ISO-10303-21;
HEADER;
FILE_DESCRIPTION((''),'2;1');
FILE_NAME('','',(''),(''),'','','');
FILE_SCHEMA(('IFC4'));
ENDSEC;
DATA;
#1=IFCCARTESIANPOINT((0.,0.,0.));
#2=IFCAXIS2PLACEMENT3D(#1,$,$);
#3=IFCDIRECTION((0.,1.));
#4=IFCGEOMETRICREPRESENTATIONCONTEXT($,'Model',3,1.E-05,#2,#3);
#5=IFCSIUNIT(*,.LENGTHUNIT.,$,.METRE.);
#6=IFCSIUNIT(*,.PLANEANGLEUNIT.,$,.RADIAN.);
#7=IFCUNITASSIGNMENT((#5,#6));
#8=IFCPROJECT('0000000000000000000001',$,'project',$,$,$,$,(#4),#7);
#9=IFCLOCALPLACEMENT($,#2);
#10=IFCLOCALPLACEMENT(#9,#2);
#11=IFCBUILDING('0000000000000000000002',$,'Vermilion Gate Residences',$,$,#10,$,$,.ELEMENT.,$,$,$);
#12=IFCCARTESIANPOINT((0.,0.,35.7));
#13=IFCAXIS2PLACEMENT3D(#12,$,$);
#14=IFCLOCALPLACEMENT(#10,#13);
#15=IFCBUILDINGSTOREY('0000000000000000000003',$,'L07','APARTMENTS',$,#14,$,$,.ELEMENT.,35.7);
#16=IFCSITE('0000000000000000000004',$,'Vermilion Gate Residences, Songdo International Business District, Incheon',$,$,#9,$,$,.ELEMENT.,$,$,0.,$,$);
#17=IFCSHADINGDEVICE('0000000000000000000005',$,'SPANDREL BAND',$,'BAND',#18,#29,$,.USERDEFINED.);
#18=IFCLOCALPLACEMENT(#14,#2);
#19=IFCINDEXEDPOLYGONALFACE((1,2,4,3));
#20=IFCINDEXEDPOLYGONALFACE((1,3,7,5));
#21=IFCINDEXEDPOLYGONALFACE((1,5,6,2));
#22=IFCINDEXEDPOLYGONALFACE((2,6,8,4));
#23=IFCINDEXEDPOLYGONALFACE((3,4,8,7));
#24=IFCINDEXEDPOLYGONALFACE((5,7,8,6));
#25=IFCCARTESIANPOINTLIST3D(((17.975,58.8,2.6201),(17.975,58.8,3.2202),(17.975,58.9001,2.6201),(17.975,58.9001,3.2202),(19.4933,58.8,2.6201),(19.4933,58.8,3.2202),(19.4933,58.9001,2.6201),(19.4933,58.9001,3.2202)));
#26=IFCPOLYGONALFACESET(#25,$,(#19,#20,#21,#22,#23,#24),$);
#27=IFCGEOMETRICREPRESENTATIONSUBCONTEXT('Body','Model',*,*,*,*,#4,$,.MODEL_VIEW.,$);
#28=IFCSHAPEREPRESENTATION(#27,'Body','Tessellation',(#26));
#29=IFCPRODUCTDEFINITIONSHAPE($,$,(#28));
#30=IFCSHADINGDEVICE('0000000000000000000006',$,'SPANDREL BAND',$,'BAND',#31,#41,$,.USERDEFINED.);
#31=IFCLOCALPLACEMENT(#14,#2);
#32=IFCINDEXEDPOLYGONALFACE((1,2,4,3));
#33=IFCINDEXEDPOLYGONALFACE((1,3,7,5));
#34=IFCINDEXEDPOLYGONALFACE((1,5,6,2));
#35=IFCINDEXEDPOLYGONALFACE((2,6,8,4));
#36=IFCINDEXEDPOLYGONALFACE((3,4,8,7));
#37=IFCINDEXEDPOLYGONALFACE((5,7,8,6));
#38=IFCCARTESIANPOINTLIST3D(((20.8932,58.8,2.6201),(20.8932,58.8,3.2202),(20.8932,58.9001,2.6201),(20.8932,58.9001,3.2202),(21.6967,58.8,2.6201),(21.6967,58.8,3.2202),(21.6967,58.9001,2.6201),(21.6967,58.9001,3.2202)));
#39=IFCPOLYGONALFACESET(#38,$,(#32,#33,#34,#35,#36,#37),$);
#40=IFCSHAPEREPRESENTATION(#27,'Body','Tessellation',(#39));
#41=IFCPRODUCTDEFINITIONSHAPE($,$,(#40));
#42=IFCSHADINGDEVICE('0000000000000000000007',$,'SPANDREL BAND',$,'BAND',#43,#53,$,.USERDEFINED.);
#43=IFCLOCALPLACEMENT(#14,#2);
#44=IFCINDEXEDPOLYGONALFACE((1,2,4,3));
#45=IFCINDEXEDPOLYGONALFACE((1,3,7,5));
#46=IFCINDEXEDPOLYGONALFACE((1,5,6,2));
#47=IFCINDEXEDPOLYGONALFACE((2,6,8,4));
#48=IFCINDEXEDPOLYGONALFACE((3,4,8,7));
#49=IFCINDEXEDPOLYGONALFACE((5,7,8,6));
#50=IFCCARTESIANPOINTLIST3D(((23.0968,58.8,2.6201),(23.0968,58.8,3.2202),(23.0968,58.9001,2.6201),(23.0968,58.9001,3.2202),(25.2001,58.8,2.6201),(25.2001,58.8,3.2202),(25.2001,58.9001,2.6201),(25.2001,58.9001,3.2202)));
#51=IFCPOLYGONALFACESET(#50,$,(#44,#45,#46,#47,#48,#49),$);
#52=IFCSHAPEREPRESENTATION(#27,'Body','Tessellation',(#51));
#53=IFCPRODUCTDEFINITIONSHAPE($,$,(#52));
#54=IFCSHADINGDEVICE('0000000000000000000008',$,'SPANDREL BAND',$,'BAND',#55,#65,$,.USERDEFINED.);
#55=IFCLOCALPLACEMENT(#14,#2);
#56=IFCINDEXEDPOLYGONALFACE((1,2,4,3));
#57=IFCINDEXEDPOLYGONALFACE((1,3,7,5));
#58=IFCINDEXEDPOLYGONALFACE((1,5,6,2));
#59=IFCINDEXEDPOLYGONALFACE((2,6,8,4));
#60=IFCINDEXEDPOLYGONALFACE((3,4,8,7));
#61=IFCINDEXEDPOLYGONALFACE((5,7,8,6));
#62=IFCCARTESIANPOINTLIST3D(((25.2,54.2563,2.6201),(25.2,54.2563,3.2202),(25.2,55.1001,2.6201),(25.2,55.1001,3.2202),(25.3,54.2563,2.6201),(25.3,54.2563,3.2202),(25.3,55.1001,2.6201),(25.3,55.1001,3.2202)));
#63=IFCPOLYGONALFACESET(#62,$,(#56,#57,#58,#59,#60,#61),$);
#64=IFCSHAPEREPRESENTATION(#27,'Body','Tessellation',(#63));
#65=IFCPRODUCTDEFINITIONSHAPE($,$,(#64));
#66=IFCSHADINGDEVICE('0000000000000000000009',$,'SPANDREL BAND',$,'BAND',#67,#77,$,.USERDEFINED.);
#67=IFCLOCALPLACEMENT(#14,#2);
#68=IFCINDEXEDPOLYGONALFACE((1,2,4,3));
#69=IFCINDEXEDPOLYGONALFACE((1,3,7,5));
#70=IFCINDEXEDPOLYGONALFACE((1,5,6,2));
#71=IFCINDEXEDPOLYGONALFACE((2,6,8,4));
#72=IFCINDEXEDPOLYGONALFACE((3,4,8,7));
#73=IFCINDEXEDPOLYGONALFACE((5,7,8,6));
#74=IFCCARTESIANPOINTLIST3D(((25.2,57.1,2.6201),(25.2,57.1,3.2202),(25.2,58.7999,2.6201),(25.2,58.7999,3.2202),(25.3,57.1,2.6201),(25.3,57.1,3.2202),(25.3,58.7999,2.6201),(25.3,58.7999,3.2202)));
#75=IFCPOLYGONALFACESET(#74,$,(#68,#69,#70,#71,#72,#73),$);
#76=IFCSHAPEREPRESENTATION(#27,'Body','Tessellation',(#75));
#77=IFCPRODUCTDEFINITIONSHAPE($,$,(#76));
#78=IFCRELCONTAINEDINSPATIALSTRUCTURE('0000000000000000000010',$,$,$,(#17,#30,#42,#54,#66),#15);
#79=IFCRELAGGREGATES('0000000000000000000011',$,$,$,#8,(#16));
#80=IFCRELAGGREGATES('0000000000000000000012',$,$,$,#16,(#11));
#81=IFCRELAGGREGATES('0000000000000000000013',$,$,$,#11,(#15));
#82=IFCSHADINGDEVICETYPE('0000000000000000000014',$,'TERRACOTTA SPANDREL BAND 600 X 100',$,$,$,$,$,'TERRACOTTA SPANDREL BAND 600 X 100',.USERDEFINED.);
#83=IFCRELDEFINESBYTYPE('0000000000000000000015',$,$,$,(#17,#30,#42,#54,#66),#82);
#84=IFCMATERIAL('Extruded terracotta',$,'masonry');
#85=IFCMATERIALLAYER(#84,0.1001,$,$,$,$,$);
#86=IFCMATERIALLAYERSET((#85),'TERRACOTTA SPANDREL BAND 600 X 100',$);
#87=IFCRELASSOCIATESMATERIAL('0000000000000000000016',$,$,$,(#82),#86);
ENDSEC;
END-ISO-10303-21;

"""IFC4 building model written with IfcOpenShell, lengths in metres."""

from ifc_helpers import new_model, si_unit, direction, frame, origin, origin_2d, place, context, subcontext, project, spatial, rectangle, extrude, material, layer, layer_set, type_object, element, save


model = new_model("IFC4")

# Units and contexts
model_context = context("Model", 3, precision=1e-05, world=origin(), true_north=direction((0.0, 1.0)))
body_context = subcontext(model_context, "Body", "Model", "MODEL_VIEW")
ifc_project = project(units=[si_unit("LENGTHUNIT", "METRE"), si_unit("PLANEANGLEUNIT", "RADIAN")], contexts=[model_context])

# Site, building, storey
site_placement = place(None, origin())
site = spatial("IfcSite", under=ifc_project, at=site_placement, Name="Vermilion Gate Residences, Songdo International Business District, Incheon", CompositionType="ELEMENT", RefElevation=0.0)
building_placement = place(site_placement, origin())
building = spatial("IfcBuilding", under=site, at=building_placement, Name="Vermilion Gate Residences", CompositionType="ELEMENT")
storey_placement = place(building_placement, frame((0.0, 0.0, 35.7)))
storey = spatial("IfcBuildingStorey", under=building, at=storey_placement, Name="L07", Description="APARTMENTS", CompositionType="ELEMENT", Elevation=35.7)

# Shading devices
ifc_material_1 = material(Name="Extruded terracotta", Category="masonry")
ifc_layer_1 = layer(ifc_material_1, 0.1001)
ifc_layer_set_1 = layer_set([ifc_layer_1], Name="TERRACOTTA SPANDREL BAND 600 X 100")
shading_device_type = type_object("IfcShadingDeviceType", Name="TERRACOTTA SPANDREL BAND 600 X 100", ElementType="TERRACOTTA SPANDREL BAND 600 X 100", PredefinedType="USERDEFINED", material=ifc_layer_set_1)
shading_device_1_placement = place(storey_placement, frame((18.7341, 58.8501, 2.6201), z_axis=(0.0, 0.0, 1.0), x_axis=(1.0, 0.0, 0.0)))
element("IfcShadingDevice", 1, at=shading_device_1_placement, inside=storey, type_object=shading_device_type, Name="SPANDREL BAND", ObjectType="BAND", PredefinedType="USERDEFINED", context=body_context, shape_type="SweptSolid", body=[
    extrude(rectangle(XDim=1.5183, YDim=0.1001, at=origin_2d()), origin(), (0.0, 0.0, 1.0), 0.6001),
])
shading_device_2_placement = place(storey_placement, frame((21.2949, 58.8501, 2.6201), z_axis=(0.0, 0.0, 1.0), x_axis=(1.0, 0.0, 0.0)))
element("IfcShadingDevice", 2, at=shading_device_2_placement, inside=storey, type_object=shading_device_type, Name="SPANDREL BAND", ObjectType="BAND", PredefinedType="USERDEFINED", context=body_context, shape_type="SweptSolid", body=[
    extrude(rectangle(XDim=0.8035, YDim=0.1001, at=origin_2d()), origin(), (0.0, 0.0, 1.0), 0.6001),
])
shading_device_3_placement = place(storey_placement, frame((24.1484, 58.8501, 2.6201), z_axis=(0.0, 0.0, 1.0), x_axis=(1.0, 0.0, 0.0)))
element("IfcShadingDevice", 3, at=shading_device_3_placement, inside=storey, type_object=shading_device_type, Name="SPANDREL BAND", ObjectType="BAND", PredefinedType="USERDEFINED", context=body_context, shape_type="SweptSolid", body=[
    extrude(rectangle(XDim=2.1033, YDim=0.1001, at=origin_2d()), origin(), (0.0, 0.0, 1.0), 0.6001),
])
shading_device_4_placement = place(storey_placement, frame((25.25, 54.6782, 2.6201), z_axis=(0.0, 0.0, 1.0), x_axis=(0.0, 1.0, 0.0)))
element("IfcShadingDevice", 4, at=shading_device_4_placement, inside=storey, type_object=shading_device_type, Name="SPANDREL BAND", ObjectType="BAND", PredefinedType="USERDEFINED", context=body_context, shape_type="SweptSolid", body=[
    extrude(rectangle(XDim=0.8438, YDim=0.1001, at=origin_2d()), origin(), (0.0, 0.0, 1.0), 0.6001),
])
shading_device_5_placement = place(storey_placement, frame((25.25, 57.95, 2.6201), z_axis=(0.0, 0.0, 1.0), x_axis=(0.0, 1.0, 0.0)))
element("IfcShadingDevice", 5, at=shading_device_5_placement, inside=storey, type_object=shading_device_type, Name="SPANDREL BAND", ObjectType="BAND", PredefinedType="USERDEFINED", context=body_context, shape_type="SweptSolid", body=[
    extrude(rectangle(XDim=1.7, YDim=0.1001, at=origin_2d()), origin(), (0.0, 0.0, 1.0), 0.6001),
])

save(model, "model.ifc")
